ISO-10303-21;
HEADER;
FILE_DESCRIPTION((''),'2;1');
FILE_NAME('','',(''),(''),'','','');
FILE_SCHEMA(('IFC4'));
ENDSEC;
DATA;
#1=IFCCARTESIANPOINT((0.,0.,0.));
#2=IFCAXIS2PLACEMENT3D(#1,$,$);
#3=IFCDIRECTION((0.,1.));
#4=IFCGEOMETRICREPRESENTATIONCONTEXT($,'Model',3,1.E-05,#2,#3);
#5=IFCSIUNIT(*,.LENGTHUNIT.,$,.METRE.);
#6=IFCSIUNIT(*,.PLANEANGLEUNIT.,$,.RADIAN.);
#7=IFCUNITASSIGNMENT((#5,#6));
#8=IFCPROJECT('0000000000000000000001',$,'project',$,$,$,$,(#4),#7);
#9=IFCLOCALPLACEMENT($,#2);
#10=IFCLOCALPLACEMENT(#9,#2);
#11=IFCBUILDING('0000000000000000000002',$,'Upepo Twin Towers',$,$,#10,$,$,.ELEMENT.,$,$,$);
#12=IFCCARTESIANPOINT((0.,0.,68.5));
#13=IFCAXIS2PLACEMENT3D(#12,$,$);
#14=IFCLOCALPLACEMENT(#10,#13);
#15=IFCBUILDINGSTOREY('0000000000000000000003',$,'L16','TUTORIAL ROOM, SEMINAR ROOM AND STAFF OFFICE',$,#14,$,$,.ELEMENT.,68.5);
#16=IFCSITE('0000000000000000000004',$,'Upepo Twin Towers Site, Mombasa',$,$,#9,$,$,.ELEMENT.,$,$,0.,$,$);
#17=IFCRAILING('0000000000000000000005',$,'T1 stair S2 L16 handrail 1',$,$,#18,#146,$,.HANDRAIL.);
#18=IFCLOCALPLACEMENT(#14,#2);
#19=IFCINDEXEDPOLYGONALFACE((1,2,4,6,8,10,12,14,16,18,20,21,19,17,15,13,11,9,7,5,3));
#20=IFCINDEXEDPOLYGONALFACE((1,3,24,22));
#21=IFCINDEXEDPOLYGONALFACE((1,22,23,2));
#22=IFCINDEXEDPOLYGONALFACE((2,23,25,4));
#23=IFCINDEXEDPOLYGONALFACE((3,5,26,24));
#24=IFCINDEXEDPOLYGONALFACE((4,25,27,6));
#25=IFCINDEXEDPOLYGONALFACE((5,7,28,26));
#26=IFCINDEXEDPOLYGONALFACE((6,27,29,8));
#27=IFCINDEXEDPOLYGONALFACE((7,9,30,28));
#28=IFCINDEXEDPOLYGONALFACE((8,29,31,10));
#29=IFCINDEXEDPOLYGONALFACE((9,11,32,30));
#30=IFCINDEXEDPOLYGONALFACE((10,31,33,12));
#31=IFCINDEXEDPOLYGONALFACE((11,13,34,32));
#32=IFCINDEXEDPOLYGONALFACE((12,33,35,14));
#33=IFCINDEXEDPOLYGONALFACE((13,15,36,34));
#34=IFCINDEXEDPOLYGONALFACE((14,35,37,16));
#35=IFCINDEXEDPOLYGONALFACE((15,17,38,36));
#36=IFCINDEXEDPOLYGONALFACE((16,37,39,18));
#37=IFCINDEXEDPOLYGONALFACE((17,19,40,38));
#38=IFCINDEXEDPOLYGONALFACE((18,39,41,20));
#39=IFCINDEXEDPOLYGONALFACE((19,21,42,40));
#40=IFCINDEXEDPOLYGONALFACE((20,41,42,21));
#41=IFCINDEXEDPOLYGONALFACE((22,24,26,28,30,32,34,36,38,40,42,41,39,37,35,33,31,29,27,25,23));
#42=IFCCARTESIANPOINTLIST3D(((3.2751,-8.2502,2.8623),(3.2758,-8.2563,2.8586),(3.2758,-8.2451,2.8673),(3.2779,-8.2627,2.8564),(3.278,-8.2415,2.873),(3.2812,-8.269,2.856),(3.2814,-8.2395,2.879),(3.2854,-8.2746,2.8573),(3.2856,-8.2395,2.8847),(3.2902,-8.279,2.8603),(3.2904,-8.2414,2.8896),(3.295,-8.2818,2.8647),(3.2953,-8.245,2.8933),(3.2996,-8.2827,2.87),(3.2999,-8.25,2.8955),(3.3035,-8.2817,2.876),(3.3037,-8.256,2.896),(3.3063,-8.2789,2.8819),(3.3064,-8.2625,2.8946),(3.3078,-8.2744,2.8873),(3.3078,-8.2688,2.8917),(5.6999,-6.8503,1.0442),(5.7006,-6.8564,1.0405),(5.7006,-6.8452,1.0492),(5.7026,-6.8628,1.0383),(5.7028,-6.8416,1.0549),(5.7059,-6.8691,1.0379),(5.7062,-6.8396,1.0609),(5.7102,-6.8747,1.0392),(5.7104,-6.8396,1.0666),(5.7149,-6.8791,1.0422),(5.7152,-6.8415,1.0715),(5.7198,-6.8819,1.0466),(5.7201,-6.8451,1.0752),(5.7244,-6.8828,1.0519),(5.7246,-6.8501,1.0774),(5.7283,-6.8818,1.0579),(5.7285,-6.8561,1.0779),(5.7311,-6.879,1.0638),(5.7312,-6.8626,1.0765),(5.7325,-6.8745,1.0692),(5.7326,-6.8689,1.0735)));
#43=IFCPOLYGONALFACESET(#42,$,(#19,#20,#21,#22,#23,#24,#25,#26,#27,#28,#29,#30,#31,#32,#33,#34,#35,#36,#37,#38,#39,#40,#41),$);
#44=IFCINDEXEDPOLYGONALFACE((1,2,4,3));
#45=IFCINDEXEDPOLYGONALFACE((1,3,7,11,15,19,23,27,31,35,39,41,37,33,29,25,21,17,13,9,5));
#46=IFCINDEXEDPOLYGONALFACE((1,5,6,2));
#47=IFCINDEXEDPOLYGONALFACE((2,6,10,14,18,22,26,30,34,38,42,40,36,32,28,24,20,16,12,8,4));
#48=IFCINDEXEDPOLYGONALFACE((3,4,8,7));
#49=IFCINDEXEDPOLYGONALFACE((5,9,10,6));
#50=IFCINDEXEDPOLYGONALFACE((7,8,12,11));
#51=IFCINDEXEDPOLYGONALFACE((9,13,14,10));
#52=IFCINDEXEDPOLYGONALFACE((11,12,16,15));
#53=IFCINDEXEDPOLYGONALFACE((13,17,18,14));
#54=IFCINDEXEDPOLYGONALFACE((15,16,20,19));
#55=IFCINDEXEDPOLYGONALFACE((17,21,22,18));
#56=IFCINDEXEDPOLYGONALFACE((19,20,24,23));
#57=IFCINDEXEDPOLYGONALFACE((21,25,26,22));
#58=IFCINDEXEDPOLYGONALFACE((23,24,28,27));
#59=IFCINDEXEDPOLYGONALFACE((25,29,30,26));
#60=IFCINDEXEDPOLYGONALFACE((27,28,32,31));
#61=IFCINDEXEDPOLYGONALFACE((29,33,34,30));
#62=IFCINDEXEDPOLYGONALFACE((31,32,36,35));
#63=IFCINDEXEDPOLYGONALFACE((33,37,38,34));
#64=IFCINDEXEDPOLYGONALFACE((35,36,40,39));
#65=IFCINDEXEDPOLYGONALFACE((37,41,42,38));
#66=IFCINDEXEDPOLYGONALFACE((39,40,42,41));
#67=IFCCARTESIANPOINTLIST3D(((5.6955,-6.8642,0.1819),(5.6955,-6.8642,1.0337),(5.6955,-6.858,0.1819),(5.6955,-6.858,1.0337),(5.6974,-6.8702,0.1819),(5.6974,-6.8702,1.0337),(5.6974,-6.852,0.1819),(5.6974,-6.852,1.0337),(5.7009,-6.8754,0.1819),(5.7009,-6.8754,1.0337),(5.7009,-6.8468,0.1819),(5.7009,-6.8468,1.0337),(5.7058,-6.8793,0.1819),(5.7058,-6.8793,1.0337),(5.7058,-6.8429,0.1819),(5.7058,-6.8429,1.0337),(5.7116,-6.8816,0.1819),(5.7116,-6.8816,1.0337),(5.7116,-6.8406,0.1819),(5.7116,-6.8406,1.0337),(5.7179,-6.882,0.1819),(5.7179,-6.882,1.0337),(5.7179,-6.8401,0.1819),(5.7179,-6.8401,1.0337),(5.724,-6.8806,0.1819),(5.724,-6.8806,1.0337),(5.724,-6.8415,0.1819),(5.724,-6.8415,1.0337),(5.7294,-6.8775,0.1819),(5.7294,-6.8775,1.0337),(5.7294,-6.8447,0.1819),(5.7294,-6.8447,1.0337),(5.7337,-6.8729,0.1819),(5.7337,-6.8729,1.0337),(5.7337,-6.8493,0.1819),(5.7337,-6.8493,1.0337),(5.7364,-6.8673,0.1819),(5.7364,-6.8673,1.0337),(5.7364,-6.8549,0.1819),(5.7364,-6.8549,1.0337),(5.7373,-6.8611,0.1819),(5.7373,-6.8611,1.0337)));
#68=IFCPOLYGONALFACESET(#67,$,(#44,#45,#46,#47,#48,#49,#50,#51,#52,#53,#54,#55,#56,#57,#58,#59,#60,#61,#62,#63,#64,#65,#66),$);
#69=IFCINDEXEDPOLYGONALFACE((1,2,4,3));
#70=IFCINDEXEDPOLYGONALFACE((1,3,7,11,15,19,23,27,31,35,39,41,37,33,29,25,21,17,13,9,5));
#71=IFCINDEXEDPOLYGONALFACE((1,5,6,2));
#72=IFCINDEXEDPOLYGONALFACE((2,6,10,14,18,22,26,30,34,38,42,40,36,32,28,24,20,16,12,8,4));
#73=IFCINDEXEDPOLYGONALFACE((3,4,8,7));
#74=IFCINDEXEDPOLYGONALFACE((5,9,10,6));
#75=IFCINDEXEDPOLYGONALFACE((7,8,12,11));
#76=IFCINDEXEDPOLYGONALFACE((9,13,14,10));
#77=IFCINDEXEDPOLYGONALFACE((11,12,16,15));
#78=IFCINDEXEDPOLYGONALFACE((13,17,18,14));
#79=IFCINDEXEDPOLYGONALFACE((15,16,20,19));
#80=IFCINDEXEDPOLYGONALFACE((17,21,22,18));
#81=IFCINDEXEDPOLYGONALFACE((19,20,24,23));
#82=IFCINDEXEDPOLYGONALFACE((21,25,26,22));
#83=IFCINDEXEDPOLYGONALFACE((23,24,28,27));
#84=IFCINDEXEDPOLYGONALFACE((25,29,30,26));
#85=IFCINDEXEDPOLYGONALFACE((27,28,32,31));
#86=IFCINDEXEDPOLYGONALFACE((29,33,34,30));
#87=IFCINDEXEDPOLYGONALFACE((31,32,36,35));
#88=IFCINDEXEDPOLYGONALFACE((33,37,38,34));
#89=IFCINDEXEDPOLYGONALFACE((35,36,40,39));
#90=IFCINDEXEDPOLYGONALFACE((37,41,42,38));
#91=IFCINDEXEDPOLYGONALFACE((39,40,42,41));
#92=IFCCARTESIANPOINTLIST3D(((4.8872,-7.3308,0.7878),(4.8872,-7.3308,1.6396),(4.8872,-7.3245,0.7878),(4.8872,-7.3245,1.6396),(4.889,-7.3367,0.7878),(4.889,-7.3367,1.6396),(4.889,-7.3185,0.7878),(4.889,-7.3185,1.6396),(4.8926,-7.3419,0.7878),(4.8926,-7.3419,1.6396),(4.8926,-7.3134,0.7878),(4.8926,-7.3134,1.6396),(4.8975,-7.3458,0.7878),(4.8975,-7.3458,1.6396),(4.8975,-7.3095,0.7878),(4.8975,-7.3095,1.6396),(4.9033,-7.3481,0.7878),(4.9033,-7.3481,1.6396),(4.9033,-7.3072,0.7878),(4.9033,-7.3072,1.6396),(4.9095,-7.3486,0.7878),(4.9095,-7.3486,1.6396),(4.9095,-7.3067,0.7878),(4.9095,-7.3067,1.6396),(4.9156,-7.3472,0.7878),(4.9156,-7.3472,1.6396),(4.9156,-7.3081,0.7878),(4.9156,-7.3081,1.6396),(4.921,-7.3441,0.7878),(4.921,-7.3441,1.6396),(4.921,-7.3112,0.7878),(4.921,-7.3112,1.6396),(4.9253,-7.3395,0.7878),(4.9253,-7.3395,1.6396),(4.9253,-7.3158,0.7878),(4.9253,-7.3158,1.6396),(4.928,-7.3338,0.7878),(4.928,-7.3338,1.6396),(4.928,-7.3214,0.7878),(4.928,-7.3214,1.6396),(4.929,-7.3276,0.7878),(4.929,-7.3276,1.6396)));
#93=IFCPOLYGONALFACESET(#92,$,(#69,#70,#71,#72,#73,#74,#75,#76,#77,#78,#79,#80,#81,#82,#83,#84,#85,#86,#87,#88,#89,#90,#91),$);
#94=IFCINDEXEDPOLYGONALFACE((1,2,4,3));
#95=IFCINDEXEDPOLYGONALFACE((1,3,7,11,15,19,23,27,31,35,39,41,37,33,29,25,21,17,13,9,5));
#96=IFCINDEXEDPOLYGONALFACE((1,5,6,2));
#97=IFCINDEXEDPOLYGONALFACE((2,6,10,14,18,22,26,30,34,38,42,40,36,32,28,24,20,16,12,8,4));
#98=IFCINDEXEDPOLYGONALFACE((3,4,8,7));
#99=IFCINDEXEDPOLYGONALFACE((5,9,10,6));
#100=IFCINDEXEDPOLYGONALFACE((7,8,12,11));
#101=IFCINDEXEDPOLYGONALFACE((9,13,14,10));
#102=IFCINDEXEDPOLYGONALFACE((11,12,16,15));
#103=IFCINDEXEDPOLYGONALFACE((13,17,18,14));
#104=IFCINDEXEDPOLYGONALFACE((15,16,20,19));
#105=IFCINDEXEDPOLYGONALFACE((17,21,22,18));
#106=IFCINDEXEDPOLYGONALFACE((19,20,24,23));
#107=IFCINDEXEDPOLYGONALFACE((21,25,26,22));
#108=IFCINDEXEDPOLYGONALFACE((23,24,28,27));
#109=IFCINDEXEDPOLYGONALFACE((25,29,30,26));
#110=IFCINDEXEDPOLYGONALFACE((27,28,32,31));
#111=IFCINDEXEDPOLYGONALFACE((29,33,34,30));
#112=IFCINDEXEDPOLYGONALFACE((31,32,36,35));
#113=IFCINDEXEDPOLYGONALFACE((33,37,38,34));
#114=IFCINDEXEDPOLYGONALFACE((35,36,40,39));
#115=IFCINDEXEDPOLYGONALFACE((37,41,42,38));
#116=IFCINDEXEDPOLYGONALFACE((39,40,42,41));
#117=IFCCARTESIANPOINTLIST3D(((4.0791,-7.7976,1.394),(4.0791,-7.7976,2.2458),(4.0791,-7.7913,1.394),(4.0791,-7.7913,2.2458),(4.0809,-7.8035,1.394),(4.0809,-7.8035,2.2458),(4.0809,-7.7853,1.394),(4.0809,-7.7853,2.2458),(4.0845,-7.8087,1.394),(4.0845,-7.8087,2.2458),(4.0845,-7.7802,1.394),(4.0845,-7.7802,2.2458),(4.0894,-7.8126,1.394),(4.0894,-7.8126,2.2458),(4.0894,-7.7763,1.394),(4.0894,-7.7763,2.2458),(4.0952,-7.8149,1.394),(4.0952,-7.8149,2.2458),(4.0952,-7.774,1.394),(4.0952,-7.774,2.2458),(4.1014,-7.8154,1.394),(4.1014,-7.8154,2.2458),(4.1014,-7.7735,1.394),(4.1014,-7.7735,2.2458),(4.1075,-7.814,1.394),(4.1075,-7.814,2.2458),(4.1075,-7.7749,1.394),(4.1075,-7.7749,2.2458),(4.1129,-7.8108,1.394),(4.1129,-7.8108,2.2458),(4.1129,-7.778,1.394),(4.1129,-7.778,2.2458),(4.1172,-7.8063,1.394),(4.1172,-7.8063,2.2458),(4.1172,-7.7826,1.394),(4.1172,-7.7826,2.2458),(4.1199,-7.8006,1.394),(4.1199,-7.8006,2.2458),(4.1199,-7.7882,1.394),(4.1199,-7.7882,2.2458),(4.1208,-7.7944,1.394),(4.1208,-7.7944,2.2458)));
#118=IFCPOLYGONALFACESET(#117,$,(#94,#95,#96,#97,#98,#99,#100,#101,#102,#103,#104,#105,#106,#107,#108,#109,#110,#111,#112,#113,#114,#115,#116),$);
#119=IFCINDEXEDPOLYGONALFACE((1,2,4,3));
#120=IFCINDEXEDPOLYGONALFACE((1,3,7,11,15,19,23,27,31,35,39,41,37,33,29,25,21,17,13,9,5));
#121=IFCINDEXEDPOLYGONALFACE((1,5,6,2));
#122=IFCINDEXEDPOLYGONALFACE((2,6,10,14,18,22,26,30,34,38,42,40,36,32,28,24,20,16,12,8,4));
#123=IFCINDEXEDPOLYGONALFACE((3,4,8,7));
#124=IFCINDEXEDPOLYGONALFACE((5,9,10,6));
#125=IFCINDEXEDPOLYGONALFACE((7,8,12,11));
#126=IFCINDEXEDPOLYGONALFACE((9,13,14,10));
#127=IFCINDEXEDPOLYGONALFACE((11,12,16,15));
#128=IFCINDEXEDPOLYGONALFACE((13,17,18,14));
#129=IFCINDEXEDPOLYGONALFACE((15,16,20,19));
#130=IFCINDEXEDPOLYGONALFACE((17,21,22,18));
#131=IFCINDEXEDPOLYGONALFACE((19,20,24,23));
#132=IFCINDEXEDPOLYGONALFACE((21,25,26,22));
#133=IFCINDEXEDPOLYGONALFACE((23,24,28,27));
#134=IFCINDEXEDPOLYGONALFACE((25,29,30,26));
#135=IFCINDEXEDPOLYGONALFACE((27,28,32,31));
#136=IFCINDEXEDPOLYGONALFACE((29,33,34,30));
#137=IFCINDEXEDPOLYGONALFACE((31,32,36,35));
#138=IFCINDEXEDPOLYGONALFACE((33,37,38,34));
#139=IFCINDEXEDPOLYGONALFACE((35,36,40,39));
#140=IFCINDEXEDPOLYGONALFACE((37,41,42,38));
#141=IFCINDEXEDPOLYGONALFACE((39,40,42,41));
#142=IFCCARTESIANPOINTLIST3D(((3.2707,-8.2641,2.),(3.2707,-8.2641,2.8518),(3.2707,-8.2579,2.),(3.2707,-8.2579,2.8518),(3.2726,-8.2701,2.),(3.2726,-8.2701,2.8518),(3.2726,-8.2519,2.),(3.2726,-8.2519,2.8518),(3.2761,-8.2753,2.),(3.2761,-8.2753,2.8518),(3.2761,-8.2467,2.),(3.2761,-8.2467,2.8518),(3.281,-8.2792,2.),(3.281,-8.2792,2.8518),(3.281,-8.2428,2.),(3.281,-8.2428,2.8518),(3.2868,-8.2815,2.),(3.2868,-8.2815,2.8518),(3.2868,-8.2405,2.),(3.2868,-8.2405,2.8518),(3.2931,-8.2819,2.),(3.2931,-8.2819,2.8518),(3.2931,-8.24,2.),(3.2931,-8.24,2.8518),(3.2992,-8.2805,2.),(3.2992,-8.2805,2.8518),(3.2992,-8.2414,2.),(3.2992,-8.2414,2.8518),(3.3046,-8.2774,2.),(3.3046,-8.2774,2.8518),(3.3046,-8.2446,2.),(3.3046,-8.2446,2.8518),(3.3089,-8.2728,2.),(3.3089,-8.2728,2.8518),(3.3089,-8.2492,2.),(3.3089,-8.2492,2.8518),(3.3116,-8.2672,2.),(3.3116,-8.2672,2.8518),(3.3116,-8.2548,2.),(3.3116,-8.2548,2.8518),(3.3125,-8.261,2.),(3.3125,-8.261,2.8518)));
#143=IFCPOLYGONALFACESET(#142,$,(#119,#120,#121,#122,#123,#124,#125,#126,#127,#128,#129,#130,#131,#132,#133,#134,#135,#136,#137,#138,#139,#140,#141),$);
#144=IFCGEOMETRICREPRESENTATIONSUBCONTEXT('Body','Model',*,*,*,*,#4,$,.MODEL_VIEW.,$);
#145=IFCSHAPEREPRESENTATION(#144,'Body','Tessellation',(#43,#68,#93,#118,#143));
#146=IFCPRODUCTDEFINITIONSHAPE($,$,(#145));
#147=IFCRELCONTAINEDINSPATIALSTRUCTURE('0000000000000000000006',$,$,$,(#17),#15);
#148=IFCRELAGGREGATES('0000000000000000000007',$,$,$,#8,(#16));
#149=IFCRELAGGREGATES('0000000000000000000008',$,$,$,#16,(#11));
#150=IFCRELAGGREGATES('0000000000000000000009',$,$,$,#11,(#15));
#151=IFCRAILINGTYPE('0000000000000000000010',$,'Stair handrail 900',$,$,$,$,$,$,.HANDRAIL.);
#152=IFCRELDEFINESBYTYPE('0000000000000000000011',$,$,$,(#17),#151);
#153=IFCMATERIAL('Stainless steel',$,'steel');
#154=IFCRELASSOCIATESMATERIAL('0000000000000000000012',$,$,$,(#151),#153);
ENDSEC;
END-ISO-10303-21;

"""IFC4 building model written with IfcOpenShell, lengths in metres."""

from ifc_helpers import new_model, si_unit, direction, frame, origin, origin_2d, place, context, subcontext, project, spatial, circle, extrude, material, type_object, element, save


model = new_model("IFC4")

# Units and contexts
model_context = context("Model", 3, precision=1e-05, world=origin(), true_north=direction((0.0, 1.0)))
body_context = subcontext(model_context, "Body", "Model", "MODEL_VIEW")
ifc_project = project(units=[si_unit("LENGTHUNIT", "METRE"), si_unit("PLANEANGLEUNIT", "RADIAN")], contexts=[model_context])

# Site, building, storey
site_placement = place(None, origin())
site = spatial("IfcSite", under=ifc_project, at=site_placement, Name="Upepo Twin Towers Site, Mombasa", CompositionType="ELEMENT", RefElevation=0.0)
building_placement = place(site_placement, origin())
building = spatial("IfcBuilding", under=site, at=building_placement, Name="Upepo Twin Towers", CompositionType="ELEMENT")
storey_placement = place(building_placement, frame((0.0, 0.0, 68.5)))
storey = spatial("IfcBuildingStorey", under=building, at=storey_placement, Name="L16", Description="TUTORIAL ROOM, SEMINAR ROOM AND STAFF OFFICE", CompositionType="ELEMENT", Elevation=68.5)

# Railing
ifc_material_1 = material(Name="Stainless steel", Category="steel")
railing_type = type_object("IfcRailingType", Name="Stair handrail 900", PredefinedType="HANDRAIL", material=ifc_material_1)
railing_1_placement = place(storey_placement, frame((5.7163, -6.8611, 0.1819)))
element("IfcRailing", 1, at=railing_1_placement, inside=storey, type_object=railing_type, Name="T1 stair S2 L16 handrail 1", PredefinedType="HANDRAIL", context=body_context, shape_type="SweptSolid", body=[
    extrude(circle(Radius=0.0239, at=origin_2d()), frame((0.0, 0.0, 0.876), z_axis=(-0.726336, -0.419333, 0.544606), x_axis=(0.499984, -0.866035, 0.0)), (0.0, 0.0, 1.0), 3.3384),
    extrude(circle(Radius=0.021, at=origin_2d()), origin(), (0.0, 0.0, 1.0), 0.8518),
    extrude(circle(Radius=0.021, at=origin_2d()), frame((-0.8083, -0.4666, 0.606)), (0.0, 0.0, 1.0), 0.8518),
    extrude(circle(Radius=0.021, at=origin_2d()), frame((-1.6165, -0.9333, 1.2122)), (0.0, 0.0, 1.0), 0.8518),
    extrude(circle(Radius=0.021, at=origin_2d()), frame((-2.4248, -1.3999, 1.8181)), (0.0, 0.0, 1.0), 0.8518),
])

save(model, "model.ifc")
